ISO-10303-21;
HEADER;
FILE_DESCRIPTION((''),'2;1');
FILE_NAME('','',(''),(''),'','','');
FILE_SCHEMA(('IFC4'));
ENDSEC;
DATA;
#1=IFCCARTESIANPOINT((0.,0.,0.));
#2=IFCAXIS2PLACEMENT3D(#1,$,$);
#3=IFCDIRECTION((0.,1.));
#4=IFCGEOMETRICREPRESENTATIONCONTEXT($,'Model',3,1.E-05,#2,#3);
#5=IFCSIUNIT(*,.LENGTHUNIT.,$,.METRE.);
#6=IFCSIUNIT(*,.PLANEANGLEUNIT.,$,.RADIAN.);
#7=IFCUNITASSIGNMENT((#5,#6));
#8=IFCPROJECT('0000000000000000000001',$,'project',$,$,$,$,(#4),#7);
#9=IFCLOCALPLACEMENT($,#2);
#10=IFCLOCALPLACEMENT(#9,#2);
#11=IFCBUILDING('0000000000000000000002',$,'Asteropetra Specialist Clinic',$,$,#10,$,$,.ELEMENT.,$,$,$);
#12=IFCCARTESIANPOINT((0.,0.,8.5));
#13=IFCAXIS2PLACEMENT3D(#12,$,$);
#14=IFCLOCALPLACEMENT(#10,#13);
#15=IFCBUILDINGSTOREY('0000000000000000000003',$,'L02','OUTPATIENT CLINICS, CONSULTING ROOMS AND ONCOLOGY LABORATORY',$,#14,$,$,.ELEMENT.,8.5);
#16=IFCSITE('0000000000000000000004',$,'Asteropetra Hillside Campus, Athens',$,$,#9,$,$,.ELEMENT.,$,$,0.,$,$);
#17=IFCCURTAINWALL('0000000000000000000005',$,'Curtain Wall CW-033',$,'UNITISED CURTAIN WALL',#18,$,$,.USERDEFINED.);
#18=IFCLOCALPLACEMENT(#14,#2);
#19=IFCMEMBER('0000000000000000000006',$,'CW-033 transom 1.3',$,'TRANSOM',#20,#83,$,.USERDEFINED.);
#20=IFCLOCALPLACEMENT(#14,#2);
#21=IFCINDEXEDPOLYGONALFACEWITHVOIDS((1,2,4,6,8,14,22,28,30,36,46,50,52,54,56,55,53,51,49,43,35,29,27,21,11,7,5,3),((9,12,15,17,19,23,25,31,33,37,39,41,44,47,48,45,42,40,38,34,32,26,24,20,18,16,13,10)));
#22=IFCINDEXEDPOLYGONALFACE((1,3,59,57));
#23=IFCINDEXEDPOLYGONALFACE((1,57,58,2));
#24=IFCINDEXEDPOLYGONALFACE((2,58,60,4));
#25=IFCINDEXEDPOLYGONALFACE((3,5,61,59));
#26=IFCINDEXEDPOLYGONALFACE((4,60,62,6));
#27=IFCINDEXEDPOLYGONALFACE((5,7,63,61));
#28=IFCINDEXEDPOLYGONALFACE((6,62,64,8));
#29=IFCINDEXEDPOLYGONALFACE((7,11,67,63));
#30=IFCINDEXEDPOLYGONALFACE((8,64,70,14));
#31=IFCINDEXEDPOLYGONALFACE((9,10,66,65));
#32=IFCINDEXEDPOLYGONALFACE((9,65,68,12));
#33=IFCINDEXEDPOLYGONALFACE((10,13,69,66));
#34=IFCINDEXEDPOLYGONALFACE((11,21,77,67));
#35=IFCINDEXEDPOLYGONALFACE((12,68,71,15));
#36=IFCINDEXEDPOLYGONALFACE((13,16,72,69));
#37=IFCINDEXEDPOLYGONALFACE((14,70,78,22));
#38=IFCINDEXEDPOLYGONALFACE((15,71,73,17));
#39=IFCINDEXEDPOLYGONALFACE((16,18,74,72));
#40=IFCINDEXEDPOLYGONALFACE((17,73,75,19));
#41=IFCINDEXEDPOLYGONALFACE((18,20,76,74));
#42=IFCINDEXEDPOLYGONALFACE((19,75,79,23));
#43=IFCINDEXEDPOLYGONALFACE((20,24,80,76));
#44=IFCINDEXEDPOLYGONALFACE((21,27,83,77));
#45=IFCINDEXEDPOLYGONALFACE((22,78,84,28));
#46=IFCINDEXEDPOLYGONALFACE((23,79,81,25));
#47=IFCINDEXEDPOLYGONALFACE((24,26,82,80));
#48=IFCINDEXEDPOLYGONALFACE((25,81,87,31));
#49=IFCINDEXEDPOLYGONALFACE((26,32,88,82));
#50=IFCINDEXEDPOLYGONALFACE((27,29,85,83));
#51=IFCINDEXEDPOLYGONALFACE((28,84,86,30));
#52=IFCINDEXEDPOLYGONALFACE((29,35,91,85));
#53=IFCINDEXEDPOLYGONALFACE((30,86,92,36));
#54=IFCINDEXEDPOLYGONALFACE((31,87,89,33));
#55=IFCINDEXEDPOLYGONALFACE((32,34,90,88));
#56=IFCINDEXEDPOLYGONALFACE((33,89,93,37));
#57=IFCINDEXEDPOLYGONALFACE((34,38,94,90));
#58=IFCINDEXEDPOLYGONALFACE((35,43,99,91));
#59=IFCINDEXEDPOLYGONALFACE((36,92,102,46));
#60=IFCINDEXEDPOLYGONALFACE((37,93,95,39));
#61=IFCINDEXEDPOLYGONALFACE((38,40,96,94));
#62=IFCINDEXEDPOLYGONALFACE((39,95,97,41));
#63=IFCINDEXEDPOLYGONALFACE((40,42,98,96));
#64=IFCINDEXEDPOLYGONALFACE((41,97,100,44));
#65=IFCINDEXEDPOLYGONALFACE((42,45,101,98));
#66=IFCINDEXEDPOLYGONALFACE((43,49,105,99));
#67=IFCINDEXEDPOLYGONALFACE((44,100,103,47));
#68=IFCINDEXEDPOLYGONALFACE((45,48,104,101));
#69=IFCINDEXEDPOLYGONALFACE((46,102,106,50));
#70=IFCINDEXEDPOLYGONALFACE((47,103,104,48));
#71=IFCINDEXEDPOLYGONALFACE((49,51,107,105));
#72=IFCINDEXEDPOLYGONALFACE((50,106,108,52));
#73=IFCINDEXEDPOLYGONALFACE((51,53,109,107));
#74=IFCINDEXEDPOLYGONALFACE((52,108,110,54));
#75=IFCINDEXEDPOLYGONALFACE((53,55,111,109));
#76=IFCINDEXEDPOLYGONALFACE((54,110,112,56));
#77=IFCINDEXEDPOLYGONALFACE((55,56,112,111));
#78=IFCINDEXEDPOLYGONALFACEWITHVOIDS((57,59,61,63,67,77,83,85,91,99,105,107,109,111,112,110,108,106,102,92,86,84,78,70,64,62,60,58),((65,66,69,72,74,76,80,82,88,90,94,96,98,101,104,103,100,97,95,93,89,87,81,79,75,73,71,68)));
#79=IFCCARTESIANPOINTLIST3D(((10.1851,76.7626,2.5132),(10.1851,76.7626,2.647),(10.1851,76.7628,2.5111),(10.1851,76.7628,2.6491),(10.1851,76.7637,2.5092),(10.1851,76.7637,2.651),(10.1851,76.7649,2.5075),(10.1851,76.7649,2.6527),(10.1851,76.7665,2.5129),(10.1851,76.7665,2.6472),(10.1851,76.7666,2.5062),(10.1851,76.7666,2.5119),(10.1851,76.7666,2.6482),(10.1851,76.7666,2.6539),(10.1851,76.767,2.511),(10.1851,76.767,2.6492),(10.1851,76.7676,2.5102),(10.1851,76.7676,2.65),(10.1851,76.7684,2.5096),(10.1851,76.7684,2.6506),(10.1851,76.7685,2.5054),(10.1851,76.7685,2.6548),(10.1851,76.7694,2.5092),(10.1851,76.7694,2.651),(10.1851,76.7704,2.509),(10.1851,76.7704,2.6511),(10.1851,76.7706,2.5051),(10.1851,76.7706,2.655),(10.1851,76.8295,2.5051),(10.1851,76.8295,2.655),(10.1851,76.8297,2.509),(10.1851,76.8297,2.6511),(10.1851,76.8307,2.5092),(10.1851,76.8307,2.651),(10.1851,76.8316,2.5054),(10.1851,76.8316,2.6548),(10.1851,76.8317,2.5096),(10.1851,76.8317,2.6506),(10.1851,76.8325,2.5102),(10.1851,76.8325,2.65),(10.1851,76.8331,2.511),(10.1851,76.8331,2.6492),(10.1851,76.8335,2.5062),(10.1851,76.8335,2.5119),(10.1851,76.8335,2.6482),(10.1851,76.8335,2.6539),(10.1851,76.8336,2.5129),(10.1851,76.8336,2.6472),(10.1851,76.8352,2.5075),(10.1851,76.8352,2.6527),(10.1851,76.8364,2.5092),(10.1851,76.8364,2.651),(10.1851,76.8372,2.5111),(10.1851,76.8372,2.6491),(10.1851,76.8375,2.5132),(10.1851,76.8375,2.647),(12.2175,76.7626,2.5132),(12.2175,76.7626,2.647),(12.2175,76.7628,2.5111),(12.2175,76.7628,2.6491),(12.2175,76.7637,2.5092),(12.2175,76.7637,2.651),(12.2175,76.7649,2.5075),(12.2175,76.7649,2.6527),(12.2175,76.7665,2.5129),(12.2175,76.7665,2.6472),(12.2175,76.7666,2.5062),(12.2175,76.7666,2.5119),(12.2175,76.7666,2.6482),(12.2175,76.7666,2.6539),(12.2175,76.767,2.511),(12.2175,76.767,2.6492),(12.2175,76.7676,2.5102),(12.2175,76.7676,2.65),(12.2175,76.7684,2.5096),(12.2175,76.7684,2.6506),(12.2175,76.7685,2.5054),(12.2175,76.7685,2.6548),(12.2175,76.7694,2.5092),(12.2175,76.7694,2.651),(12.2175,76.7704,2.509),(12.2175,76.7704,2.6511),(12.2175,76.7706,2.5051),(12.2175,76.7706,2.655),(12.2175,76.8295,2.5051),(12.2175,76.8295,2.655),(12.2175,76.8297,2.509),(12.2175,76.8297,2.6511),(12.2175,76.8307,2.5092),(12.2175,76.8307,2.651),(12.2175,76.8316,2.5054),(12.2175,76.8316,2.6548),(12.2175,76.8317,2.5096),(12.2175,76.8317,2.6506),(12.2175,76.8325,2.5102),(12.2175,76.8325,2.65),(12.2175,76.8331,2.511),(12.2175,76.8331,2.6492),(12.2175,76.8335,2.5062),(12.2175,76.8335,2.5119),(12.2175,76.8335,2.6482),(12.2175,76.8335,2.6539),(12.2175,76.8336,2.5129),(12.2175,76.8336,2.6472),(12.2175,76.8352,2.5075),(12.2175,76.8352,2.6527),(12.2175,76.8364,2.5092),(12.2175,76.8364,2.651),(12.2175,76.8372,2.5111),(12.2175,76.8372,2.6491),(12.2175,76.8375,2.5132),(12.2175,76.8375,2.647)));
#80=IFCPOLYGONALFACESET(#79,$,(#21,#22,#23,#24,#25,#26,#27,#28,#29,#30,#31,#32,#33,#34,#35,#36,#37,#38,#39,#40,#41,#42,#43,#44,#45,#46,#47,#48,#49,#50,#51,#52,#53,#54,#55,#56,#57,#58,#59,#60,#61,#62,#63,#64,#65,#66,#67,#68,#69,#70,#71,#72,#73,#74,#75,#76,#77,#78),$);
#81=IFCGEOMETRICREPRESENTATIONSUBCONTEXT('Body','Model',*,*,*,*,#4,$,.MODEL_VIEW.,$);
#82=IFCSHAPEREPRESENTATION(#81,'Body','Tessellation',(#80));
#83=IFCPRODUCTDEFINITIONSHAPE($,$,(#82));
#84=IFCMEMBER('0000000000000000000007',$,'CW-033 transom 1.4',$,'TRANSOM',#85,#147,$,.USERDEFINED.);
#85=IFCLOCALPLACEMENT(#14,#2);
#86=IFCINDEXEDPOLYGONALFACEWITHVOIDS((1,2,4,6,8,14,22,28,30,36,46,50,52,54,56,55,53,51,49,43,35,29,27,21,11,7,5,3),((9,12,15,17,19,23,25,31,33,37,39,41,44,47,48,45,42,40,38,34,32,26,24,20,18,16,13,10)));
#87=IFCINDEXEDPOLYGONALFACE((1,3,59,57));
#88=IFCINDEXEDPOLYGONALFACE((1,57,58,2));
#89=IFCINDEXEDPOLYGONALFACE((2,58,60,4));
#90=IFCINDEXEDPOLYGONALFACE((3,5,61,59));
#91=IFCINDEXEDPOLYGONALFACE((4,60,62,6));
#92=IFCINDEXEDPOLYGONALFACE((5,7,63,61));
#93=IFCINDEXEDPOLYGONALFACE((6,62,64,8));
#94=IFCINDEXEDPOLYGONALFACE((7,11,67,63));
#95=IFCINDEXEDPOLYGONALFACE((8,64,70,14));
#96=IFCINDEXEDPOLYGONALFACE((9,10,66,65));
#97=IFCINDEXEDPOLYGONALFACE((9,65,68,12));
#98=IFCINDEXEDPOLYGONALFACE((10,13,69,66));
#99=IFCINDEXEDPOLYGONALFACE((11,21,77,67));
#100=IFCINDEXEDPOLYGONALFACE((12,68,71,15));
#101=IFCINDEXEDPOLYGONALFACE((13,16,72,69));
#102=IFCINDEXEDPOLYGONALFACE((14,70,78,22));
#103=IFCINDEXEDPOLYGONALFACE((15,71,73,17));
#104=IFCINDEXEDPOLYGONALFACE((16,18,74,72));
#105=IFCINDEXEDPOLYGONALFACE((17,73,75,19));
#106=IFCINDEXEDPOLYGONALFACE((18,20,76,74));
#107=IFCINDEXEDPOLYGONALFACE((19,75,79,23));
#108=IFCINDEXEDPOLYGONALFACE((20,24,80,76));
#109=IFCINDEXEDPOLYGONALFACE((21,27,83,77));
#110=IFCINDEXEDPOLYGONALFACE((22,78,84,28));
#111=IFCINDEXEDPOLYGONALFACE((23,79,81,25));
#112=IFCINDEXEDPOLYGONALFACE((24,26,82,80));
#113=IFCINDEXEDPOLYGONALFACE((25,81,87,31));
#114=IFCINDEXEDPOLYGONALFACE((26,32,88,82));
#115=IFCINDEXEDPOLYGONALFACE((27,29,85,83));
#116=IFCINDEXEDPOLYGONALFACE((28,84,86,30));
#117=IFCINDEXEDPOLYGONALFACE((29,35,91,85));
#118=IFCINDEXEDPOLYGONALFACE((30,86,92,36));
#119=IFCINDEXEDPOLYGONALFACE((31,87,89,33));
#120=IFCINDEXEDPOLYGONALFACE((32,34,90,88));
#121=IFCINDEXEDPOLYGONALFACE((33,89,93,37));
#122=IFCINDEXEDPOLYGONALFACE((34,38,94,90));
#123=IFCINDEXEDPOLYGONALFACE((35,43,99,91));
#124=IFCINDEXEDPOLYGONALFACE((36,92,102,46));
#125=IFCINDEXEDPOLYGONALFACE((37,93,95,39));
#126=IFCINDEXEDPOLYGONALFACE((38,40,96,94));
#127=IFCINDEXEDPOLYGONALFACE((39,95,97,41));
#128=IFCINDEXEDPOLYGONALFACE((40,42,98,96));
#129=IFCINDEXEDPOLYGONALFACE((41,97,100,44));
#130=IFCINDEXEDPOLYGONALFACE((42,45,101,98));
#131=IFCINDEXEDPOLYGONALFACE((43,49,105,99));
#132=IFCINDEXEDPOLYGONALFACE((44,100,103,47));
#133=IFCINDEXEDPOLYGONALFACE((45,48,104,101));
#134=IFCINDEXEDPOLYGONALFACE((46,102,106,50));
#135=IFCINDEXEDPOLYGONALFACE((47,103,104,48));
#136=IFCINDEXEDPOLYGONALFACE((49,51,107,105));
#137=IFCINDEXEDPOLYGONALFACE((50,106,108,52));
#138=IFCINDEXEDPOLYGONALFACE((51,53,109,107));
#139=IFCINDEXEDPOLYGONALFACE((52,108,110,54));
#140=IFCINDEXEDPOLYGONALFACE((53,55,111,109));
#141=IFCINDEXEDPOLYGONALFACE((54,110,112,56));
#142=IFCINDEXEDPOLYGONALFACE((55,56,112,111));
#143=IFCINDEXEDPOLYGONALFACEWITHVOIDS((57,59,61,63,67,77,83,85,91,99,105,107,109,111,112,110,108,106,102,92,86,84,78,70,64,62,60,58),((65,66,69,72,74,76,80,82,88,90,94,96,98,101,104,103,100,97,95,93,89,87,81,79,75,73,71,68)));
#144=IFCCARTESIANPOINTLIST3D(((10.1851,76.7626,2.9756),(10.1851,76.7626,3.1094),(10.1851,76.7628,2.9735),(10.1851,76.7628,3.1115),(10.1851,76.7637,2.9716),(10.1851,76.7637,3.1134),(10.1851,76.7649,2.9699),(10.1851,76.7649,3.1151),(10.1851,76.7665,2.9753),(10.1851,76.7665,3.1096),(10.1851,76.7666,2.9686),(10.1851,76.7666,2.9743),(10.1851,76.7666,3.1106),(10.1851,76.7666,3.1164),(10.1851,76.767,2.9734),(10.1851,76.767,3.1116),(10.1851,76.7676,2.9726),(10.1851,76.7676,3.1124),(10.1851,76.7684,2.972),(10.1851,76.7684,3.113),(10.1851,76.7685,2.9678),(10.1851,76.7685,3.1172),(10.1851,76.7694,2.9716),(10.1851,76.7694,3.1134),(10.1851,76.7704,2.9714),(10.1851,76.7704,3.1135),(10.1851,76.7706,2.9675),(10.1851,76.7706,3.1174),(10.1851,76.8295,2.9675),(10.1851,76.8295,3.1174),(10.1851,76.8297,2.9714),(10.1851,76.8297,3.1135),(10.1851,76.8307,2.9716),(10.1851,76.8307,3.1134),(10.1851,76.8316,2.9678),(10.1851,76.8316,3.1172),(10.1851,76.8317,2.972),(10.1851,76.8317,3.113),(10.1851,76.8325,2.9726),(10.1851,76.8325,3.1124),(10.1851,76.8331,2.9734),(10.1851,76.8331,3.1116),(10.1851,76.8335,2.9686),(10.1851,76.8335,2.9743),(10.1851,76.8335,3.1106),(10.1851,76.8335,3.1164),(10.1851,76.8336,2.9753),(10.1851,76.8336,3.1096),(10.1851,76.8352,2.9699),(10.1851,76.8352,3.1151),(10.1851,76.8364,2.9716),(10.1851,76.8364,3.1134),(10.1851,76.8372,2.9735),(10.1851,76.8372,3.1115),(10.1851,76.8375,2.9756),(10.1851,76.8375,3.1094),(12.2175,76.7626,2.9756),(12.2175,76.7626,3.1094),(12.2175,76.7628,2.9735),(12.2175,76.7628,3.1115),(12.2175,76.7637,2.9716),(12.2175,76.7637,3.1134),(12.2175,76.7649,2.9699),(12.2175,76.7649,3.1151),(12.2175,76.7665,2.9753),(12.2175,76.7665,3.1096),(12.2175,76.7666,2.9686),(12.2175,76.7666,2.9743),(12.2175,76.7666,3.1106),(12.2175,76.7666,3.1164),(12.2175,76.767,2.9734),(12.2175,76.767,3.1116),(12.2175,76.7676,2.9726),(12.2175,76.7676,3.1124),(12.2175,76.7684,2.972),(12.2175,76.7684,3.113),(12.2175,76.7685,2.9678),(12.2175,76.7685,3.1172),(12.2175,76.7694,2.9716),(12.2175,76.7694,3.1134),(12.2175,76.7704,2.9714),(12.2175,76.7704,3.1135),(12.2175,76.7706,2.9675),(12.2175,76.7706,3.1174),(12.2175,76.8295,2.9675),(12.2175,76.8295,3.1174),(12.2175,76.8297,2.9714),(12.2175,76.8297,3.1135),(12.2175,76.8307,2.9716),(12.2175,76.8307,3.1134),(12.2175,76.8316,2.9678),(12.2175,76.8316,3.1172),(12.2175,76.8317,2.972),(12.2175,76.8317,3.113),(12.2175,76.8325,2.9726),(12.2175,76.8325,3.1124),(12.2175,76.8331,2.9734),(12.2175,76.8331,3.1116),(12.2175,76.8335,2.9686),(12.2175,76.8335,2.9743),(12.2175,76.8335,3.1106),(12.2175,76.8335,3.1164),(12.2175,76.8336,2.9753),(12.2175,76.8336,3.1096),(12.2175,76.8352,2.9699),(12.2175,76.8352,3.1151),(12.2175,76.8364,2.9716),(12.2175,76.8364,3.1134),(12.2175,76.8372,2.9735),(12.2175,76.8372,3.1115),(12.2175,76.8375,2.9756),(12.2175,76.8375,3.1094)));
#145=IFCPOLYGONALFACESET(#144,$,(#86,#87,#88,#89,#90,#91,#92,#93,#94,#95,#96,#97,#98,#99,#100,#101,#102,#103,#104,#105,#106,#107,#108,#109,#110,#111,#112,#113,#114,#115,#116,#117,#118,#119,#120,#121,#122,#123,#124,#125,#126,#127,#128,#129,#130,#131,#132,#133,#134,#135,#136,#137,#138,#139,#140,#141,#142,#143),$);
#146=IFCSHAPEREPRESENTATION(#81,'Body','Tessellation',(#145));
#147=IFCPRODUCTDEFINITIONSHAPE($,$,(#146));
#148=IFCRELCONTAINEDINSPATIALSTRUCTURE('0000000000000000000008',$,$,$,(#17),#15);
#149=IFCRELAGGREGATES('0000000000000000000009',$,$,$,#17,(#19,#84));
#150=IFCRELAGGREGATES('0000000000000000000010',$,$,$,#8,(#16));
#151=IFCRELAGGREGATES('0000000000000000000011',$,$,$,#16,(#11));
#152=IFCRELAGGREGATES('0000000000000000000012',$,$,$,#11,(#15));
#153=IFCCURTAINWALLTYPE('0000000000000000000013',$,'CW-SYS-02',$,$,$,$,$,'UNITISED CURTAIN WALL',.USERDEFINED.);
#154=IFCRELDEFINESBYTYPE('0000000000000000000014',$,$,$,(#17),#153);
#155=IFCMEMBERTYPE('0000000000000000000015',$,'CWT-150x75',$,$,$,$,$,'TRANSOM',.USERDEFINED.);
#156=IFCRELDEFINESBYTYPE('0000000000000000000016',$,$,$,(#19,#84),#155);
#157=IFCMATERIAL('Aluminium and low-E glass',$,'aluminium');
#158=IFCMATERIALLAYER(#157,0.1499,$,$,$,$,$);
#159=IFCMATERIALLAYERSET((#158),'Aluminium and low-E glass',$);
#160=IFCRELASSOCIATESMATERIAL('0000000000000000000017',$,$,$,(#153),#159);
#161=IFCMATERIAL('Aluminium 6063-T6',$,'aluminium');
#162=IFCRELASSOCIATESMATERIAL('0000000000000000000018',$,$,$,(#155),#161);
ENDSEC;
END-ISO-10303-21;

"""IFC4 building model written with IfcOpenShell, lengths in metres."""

from ifc_helpers import new_model, si_unit, direction, frame, origin, origin_2d, place, context, subcontext, project, spatial, hollow_rectangle, extrude, material, layer, layer_set, material_profile, profile_set, type_object, element, aggregate, save


model = new_model("IFC4")

# Units and contexts
model_context = context("Model", 3, precision=1e-05, world=origin(), true_north=direction((0.0, 1.0)))
body_context = subcontext(model_context, "Body", "Model", "MODEL_VIEW")
ifc_project = project(units=[si_unit("LENGTHUNIT", "METRE"), si_unit("PLANEANGLEUNIT", "RADIAN")], contexts=[model_context])

# Site, building, storey
site_placement = place(None, origin())
site = spatial("IfcSite", under=ifc_project, at=site_placement, Name="Asteropetra Hillside Campus, Athens", CompositionType="ELEMENT", RefElevation=0.0)
building_placement = place(site_placement, origin())
building = spatial("IfcBuilding", under=site, at=building_placement, Name="Asteropetra Specialist Clinic", CompositionType="ELEMENT")
storey_placement = place(building_placement, frame((0.0, 0.0, 8.5)))
storey = spatial("IfcBuildingStorey", under=building, at=storey_placement, Name="L02", Description="OUTPATIENT CLINICS, CONSULTING ROOMS AND ONCOLOGY LABORATORY", CompositionType="ELEMENT", Elevation=8.5)

# Curtain wall
ifc_material_1 = material(Name="Aluminium and low-E glass", Category="aluminium")
ifc_layer_1 = layer(ifc_material_1, 0.1499)
ifc_layer_set_1 = layer_set([ifc_layer_1], Name="Aluminium and low-E glass")
curtain_wall_type_1 = type_object("IfcCurtainWallType", Name="CW-SYS-02", ElementType="UNITISED CURTAIN WALL", PredefinedType="USERDEFINED", material=ifc_layer_set_1)
curtain_wall_1_placement = place(storey_placement, origin())
curtain_wall_1 = element("IfcCurtainWall", 1, at=curtain_wall_1_placement, inside=storey, type_object=curtain_wall_type_1, Name="Curtain Wall CW-033", ObjectType="UNITISED CURTAIN WALL", PredefinedType="USERDEFINED")

# Members
ifc_material_2 = material(Name="Aluminium 6063-T6", Category="aluminium")
ifc_material_profile_1 = material_profile(ifc_material_2, hollow_rectangle(XDim=0.075, YDim=0.1499, WallThickness=0.0039, InnerFilletRadius=0.0039, OuterFilletRadius=0.0081, at=origin_2d()), Name="TRN 150x75x4.0")
ifc_profile_set_1 = profile_set([ifc_material_profile_1], Name="Aluminium 6063-T6")
member_type_1 = type_object("IfcMemberType", Name="CWT-150x75", ElementType="TRANSOM", PredefinedType="USERDEFINED", material=ifc_profile_set_1)
member_1_placement = place(storey_placement, frame((10.1851, 76.8, 2.5801), z_axis=(1.0, 0.0, 0.0), x_axis=(0.0, 1.0, 0.0)))
member_1 = element("IfcMember", 2, at=member_1_placement, type_object=member_type_1, Name="CW-033 transom 1.3", ObjectType="TRANSOM", PredefinedType="USERDEFINED", context=body_context, shape_type="SweptSolid", body=[
    extrude(hollow_rectangle(XDim=0.075, YDim=0.1499, WallThickness=0.0039, InnerFilletRadius=0.0039, OuterFilletRadius=0.0081, at=origin_2d()), origin(), (0.0, 0.0, 1.0), 2.0325),
])
member_2_placement = place(storey_placement, frame((10.1851, 76.8, 3.0425), z_axis=(1.0, 0.0, 0.0), x_axis=(0.0, 1.0, 0.0)))
member_2 = element("IfcMember", 3, at=member_2_placement, type_object=member_type_1, Name="CW-033 transom 1.4", ObjectType="TRANSOM", PredefinedType="USERDEFINED", context=body_context, shape_type="SweptSolid", body=[
    extrude(hollow_rectangle(XDim=0.075, YDim=0.1499, WallThickness=0.0039, InnerFilletRadius=0.0039, OuterFilletRadius=0.0081, at=origin_2d()), origin(), (0.0, 0.0, 1.0), 2.0325),
])

aggregate(curtain_wall_1, [member_1, member_2])

save(model, "model.ifc")
